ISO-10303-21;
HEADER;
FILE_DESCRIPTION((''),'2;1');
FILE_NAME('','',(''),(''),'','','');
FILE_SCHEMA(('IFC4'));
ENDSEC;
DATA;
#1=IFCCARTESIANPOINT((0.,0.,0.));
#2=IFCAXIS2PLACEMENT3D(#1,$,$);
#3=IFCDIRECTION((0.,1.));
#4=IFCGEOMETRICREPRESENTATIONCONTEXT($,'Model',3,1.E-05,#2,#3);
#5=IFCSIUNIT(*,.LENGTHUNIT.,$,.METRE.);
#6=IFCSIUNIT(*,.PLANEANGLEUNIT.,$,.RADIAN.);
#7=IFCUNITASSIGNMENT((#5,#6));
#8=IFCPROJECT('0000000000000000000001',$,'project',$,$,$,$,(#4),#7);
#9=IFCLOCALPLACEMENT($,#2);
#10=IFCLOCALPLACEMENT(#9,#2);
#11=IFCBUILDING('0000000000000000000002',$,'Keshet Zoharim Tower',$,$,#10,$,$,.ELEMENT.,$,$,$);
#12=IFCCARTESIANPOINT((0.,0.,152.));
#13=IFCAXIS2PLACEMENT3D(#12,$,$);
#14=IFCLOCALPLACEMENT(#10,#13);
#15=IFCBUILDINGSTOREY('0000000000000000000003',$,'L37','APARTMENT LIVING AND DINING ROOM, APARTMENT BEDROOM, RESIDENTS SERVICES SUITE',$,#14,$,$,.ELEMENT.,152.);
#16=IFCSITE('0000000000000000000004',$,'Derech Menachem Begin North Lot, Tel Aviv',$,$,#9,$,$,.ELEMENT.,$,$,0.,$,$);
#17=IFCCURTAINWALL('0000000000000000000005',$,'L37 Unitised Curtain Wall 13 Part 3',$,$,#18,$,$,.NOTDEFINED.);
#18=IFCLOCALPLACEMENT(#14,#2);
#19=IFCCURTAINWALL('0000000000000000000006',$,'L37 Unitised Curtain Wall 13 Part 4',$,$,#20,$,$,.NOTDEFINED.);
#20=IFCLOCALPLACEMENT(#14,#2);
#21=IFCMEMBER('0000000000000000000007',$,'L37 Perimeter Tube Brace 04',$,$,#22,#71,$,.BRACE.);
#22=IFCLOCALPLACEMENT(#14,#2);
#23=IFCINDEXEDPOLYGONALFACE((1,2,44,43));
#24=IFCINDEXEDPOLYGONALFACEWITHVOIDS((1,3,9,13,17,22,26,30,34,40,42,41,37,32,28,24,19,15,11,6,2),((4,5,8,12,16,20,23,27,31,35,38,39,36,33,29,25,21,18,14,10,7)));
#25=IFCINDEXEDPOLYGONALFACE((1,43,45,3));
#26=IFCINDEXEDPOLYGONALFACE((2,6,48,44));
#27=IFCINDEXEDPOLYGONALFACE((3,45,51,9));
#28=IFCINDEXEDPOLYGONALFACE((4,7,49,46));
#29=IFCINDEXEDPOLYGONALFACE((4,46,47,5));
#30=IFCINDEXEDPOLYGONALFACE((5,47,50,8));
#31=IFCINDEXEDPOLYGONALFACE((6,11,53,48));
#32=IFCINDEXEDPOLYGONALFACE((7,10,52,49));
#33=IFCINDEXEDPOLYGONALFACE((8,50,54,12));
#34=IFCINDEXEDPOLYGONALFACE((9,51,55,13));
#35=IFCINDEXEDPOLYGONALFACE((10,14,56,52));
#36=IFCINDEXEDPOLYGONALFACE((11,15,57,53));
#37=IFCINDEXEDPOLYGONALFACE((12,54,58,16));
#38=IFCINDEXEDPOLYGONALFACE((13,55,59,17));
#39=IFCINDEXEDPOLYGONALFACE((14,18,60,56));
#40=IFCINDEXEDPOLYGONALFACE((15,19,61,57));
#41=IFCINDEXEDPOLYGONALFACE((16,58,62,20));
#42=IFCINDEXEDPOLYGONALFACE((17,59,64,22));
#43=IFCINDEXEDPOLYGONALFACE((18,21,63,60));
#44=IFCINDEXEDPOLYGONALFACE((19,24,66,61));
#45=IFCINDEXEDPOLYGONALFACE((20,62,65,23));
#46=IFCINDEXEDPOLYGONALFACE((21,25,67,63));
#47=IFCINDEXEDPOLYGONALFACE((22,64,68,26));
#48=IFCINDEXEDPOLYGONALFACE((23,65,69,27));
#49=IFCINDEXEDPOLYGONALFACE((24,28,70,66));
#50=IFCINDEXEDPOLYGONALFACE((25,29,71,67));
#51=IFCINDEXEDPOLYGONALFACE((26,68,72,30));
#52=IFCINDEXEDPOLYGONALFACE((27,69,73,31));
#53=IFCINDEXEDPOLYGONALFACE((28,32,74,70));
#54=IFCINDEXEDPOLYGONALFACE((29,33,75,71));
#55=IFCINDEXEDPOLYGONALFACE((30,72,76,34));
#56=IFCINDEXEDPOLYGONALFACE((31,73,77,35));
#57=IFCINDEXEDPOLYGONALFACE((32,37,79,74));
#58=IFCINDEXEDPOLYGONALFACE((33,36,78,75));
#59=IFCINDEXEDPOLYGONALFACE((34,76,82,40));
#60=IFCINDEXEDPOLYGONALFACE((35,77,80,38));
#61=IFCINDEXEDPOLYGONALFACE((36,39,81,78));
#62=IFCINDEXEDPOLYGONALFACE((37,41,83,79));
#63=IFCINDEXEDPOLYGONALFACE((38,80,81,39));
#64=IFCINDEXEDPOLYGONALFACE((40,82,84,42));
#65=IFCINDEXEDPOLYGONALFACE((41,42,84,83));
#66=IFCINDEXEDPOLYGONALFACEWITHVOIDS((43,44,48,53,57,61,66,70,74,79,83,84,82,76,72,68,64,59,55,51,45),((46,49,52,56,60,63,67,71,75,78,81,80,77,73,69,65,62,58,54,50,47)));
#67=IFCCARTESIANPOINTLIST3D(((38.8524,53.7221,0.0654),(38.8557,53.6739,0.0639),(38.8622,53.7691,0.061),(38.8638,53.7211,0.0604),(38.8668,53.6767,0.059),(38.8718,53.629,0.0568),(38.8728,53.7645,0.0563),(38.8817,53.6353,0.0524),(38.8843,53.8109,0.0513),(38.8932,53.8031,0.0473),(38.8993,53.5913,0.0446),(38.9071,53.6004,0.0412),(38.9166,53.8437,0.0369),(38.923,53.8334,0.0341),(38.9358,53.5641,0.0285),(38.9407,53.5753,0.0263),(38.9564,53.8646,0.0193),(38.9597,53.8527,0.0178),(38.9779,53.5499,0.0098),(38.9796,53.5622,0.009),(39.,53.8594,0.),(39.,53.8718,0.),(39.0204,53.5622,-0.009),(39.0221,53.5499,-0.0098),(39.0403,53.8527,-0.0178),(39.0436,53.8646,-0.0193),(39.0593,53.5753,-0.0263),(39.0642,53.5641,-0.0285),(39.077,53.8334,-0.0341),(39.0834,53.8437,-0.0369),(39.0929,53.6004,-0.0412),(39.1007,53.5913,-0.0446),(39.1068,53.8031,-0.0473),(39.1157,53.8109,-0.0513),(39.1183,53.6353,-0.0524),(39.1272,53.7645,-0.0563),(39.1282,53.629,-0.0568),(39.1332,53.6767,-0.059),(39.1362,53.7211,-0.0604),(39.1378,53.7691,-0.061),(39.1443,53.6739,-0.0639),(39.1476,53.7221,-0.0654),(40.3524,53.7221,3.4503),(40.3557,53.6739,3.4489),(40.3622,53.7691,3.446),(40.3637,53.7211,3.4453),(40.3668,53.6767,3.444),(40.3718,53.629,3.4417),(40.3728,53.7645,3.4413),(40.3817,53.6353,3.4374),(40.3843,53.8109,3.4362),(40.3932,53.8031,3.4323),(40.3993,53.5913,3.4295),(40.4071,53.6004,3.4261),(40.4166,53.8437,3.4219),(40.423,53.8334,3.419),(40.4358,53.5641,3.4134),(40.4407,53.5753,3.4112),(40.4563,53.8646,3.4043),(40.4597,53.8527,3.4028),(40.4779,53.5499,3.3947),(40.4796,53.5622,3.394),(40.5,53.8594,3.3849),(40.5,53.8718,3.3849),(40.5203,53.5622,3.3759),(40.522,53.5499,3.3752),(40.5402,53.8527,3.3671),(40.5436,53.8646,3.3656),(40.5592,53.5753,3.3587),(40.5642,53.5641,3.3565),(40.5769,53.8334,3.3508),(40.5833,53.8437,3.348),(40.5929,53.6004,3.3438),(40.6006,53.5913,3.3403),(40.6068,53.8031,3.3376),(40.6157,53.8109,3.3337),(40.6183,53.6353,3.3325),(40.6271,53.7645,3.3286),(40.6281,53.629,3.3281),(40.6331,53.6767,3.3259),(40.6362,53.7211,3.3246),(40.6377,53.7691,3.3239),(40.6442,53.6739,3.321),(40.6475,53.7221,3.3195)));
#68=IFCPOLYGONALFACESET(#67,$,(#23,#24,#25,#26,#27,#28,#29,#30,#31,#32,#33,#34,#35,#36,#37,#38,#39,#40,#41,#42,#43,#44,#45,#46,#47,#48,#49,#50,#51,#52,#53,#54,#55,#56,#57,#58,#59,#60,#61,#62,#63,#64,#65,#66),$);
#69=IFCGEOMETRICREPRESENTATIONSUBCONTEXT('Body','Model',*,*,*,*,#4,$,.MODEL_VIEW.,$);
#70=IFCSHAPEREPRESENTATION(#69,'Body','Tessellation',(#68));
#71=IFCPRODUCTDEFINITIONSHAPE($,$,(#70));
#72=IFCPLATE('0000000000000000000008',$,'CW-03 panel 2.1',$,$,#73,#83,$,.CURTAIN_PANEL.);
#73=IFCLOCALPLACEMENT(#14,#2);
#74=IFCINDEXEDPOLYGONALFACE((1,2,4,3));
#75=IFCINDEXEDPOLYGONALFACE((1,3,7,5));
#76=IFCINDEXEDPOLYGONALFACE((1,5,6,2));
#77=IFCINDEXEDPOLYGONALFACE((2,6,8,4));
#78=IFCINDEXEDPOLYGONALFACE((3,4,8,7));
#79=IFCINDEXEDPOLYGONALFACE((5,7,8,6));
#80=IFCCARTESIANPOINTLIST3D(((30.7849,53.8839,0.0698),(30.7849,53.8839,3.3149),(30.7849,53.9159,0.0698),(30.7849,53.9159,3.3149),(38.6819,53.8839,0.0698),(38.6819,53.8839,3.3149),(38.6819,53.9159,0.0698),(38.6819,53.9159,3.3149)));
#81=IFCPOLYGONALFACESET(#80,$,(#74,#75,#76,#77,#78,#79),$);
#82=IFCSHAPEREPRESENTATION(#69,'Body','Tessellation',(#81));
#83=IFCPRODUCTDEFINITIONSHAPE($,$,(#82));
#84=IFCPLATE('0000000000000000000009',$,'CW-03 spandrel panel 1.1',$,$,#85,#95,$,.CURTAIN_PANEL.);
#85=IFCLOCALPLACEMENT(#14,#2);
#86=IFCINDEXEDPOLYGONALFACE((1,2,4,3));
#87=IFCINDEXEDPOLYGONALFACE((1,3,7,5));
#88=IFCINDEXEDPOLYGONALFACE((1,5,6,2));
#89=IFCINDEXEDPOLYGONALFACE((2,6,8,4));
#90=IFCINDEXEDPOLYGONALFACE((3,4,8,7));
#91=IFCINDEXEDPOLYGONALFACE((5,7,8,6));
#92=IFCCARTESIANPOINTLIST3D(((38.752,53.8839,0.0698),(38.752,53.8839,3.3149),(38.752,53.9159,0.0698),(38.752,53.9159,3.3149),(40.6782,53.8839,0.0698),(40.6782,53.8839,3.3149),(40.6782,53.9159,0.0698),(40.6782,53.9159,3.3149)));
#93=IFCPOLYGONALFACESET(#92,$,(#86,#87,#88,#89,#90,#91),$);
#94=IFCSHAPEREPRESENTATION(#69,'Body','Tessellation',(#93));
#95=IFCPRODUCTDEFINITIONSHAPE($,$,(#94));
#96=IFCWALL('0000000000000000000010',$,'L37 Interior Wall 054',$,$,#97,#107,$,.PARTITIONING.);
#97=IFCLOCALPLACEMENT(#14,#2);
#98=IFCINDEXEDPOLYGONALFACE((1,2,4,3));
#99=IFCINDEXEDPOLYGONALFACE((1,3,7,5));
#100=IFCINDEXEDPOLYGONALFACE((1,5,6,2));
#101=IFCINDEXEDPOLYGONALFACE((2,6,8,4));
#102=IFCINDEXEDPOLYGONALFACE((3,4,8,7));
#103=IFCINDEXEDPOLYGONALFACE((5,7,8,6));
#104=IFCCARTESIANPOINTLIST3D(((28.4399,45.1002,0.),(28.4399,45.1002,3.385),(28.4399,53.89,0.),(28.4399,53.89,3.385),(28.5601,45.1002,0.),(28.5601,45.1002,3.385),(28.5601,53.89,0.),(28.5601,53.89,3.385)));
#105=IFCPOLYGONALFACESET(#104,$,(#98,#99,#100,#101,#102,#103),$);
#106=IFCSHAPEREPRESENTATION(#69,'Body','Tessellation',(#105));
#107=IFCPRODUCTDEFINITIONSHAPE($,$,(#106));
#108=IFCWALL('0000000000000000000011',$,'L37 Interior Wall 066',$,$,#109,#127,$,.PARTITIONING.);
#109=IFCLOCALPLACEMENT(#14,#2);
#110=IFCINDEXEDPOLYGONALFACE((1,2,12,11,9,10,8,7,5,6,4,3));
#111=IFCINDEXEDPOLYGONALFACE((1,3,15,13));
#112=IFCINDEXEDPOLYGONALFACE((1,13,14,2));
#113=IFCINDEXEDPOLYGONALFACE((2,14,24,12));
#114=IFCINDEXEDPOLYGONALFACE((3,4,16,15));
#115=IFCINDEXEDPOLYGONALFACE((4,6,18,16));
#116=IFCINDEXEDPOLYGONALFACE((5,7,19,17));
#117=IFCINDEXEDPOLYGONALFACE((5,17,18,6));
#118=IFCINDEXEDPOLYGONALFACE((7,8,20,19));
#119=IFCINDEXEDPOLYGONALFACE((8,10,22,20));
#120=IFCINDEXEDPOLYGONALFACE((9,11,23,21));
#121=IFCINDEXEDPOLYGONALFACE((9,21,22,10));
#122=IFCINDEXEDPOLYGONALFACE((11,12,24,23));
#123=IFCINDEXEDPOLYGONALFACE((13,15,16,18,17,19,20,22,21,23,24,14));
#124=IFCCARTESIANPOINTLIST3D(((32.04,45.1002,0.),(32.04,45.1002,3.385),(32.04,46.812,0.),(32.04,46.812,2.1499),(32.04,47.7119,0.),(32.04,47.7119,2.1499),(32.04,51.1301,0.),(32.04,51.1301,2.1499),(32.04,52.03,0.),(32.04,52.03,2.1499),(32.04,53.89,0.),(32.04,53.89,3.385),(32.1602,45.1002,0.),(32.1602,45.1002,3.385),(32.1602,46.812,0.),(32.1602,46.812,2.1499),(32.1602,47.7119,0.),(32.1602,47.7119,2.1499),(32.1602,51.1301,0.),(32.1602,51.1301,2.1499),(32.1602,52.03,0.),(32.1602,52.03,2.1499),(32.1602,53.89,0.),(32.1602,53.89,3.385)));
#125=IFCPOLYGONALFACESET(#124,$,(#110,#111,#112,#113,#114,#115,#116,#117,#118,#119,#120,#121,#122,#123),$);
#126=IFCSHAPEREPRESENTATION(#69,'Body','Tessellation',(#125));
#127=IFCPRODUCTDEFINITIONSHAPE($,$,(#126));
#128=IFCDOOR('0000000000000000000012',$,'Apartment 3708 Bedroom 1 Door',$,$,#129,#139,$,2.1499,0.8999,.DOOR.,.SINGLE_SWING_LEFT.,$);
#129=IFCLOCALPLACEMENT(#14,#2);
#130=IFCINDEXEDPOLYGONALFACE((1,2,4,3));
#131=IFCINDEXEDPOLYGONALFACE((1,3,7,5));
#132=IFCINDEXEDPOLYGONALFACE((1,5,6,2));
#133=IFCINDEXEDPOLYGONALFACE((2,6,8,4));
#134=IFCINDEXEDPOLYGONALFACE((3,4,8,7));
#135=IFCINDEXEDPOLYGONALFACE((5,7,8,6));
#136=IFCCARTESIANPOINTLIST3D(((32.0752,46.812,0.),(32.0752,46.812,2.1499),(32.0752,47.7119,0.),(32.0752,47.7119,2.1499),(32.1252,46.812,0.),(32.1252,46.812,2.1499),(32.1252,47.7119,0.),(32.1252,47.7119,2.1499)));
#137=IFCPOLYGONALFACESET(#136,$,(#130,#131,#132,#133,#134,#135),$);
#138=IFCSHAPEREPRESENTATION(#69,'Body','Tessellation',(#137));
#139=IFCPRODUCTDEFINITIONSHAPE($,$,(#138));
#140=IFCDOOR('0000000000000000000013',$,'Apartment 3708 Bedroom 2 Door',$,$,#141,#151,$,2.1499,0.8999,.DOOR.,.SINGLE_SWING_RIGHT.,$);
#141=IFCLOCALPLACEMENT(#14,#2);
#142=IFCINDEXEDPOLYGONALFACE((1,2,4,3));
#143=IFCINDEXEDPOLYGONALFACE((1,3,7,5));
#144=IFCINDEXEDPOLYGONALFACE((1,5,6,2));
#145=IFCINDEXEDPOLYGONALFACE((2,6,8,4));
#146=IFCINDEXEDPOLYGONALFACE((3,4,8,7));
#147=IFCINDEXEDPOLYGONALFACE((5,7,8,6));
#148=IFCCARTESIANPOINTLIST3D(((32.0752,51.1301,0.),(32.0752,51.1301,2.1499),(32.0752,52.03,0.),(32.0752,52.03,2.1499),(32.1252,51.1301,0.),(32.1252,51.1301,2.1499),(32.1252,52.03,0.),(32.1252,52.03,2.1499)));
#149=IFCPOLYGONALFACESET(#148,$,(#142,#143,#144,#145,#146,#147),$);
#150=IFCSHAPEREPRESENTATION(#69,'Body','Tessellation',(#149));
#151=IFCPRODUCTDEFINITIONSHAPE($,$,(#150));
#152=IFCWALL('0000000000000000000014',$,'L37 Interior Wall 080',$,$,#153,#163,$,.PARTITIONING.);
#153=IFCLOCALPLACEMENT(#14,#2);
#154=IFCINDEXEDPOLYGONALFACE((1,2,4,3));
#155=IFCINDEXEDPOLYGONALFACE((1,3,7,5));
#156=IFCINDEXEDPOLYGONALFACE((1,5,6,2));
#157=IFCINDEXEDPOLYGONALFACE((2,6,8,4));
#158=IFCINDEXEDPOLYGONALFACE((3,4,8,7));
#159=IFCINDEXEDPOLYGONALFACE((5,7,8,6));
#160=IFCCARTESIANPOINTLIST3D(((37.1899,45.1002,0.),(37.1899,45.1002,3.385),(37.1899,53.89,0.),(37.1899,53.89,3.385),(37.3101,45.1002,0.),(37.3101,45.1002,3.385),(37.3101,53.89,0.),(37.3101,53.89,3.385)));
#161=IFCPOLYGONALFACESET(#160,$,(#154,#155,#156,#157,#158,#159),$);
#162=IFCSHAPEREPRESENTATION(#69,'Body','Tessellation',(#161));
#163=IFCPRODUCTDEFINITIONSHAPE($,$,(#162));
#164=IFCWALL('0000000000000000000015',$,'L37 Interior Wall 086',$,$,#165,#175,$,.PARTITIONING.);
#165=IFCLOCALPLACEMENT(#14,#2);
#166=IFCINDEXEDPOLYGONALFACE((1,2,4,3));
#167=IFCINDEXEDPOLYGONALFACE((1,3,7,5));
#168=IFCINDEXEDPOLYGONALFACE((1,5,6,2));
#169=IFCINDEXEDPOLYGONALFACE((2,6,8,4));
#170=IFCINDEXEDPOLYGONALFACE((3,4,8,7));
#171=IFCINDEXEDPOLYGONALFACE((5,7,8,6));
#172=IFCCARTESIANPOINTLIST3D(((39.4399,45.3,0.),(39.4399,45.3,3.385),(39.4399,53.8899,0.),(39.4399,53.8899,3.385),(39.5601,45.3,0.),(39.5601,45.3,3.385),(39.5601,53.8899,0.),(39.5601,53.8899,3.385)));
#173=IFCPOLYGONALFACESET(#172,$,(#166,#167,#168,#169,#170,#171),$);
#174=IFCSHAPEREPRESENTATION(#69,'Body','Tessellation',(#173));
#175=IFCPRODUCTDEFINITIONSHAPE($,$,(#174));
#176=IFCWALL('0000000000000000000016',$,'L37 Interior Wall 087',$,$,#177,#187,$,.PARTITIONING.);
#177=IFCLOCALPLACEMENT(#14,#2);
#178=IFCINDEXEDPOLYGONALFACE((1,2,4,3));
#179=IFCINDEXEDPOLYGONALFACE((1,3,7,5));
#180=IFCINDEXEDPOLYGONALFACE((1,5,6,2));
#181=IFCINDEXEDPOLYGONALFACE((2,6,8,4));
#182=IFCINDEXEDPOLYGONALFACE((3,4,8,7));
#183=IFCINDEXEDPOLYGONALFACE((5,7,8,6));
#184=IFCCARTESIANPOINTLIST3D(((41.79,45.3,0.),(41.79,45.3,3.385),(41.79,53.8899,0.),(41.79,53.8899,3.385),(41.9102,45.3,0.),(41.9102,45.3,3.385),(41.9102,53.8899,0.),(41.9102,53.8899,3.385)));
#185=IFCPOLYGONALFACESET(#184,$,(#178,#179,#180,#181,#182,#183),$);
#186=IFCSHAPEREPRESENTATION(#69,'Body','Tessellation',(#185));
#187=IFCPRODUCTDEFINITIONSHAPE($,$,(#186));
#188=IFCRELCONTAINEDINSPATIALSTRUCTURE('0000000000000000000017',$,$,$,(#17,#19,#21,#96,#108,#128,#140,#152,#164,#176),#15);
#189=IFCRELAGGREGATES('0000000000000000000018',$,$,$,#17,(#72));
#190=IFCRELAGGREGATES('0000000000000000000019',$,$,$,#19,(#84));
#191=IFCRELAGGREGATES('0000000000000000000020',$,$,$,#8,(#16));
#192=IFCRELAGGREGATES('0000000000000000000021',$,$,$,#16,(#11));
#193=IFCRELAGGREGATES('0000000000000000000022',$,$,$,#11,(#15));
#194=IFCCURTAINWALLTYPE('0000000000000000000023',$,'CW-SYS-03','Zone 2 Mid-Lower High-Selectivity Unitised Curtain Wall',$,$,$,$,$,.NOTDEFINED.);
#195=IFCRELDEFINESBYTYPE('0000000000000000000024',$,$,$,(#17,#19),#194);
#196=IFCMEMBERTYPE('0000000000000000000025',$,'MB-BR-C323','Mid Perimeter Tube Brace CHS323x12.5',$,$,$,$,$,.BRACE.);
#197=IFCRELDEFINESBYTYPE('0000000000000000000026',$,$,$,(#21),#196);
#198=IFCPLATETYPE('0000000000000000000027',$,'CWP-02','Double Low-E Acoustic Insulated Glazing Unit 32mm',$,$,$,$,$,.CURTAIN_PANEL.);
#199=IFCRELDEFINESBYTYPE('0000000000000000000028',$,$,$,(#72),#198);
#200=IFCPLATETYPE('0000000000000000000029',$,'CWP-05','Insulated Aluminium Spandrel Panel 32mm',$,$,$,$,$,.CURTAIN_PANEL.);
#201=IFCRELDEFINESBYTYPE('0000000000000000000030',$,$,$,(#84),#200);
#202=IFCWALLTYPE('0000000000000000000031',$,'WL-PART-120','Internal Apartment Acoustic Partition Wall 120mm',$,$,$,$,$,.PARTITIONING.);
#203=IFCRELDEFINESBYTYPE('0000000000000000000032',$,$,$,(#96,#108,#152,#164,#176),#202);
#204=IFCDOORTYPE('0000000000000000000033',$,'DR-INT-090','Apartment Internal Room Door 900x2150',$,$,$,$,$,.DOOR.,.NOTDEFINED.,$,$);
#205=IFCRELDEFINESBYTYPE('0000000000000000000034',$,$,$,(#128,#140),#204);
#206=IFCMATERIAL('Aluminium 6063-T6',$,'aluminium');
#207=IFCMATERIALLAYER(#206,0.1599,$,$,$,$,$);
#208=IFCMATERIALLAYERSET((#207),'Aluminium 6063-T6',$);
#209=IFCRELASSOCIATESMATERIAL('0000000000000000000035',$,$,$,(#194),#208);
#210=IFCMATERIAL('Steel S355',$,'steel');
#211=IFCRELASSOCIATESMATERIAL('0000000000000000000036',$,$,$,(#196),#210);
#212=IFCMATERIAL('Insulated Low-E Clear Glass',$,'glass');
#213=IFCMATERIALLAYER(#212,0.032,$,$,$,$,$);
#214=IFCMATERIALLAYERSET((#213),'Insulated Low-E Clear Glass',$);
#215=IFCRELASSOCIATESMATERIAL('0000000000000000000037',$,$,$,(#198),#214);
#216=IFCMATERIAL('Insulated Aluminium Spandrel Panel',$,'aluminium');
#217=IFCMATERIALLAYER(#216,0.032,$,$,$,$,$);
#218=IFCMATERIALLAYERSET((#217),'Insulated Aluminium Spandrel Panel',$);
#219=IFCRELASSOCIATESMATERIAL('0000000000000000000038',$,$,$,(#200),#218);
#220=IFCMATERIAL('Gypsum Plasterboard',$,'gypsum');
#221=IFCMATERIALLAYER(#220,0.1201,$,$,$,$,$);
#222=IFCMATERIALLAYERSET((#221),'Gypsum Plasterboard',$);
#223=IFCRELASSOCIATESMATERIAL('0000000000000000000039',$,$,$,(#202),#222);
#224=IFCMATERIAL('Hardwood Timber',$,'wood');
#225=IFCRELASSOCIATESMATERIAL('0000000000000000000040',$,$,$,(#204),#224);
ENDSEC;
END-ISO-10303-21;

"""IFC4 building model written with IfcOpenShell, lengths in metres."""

from ifc_helpers import new_model, si_unit, direction, frame, frame_2d, origin, origin_2d, place, context, subcontext, project, spatial, rectangle, hollow_circle, extrude, material, layer, layer_set, material_profile, profile_set, type_object, element, fill, aggregate, save


model = new_model("IFC4")

# Units and contexts
model_context = context("Model", 3, precision=1e-05, world=origin(), true_north=direction((0.0, 1.0)))
body_context = subcontext(model_context, "Body", "Model", "MODEL_VIEW")
ifc_project = project(units=[si_unit("LENGTHUNIT", "METRE"), si_unit("PLANEANGLEUNIT", "RADIAN")], contexts=[model_context])

# Site, building, storey
site_placement = place(None, origin())
site = spatial("IfcSite", under=ifc_project, at=site_placement, Name="Derech Menachem Begin North Lot, Tel Aviv", CompositionType="ELEMENT", RefElevation=0.0)
building_placement = place(site_placement, origin())
building = spatial("IfcBuilding", under=site, at=building_placement, Name="Keshet Zoharim Tower", CompositionType="ELEMENT")
storey_placement = place(building_placement, frame((0.0, 0.0, 152.0)))
storey = spatial("IfcBuildingStorey", under=building, at=storey_placement, Name="L37", Description="APARTMENT LIVING AND DINING ROOM, APARTMENT BEDROOM, RESIDENTS SERVICES SUITE", CompositionType="ELEMENT", Elevation=152.0)

# Shared definitions
ifc_material_1 = material(Name="Steel S355", Category="steel")

# Curtain wall
ifc_material_2 = material(Name="Aluminium 6063-T6", Category="aluminium")
ifc_layer_1 = layer(ifc_material_2, 0.1599)
ifc_layer_set_1 = layer_set([ifc_layer_1], Name="Aluminium 6063-T6")
curtain_wall_type = type_object("IfcCurtainWallType", Name="CW-SYS-03", Description="Zone 2 Mid-Lower High-Selectivity Unitised Curtain Wall", PredefinedType="NOTDEFINED", material=ifc_layer_set_1)
curtain_wall_1_placement = place(storey_placement, origin())
curtain_wall_1 = element("IfcCurtainWall", 1, at=curtain_wall_1_placement, inside=storey, type_object=curtain_wall_type, Name="L37 Unitised Curtain Wall 13 Part 3", PredefinedType="NOTDEFINED")

# Curtain wall
curtain_wall_2_placement = place(storey_placement, origin())
curtain_wall_2 = element("IfcCurtainWall", 2, at=curtain_wall_2_placement, inside=storey, type_object=curtain_wall_type, Name="L37 Unitised Curtain Wall 13 Part 4", PredefinedType="NOTDEFINED")

# Member
ifc_material_profile_1 = material_profile(ifc_material_1, hollow_circle(Radius=0.1619, WallThickness=0.0125, at=origin_2d()), Name="CHS323x12.5")
ifc_profile_set_1 = profile_set([ifc_material_profile_1], Name="Steel S355")
member_type_1 = type_object("IfcMemberType", Name="MB-BR-C323", Description="Mid Perimeter Tube Brace CHS323x12.5", PredefinedType="BRACE", material=ifc_profile_set_1)
member_1_placement = place(storey_placement, frame((39.0, 53.71, 0.0), z_axis=(0.405135, 0.0, 0.914257), x_axis=(0.0, 1.0, 0.0)))
element("IfcMember", 3, at=member_1_placement, inside=storey, type_object=member_type_1, Name="L37 Perimeter Tube Brace 04", PredefinedType="BRACE", context=body_context, shape_type="SweptSolid", body=[
    extrude(hollow_circle(Radius=0.1619, WallThickness=0.0125, at=origin_2d()), origin(), (0.0, 0.0, 1.0), 3.7024),
])

# Plates
ifc_material_3 = material(Name="Insulated Low-E Clear Glass", Category="glass")
ifc_layer_2 = layer(ifc_material_3, 0.032)
ifc_layer_set_2 = layer_set([ifc_layer_2], Name="Insulated Low-E Clear Glass")
plate_type_1 = type_object("IfcPlateType", Name="CWP-02", Description="Double Low-E Acoustic Insulated Glazing Unit 32mm", PredefinedType="CURTAIN_PANEL", material=ifc_layer_set_2)
plate_1_placement = place(storey_placement, frame((34.7334, 53.8999, 0.0698), z_axis=(0.0, 0.0, 1.0), x_axis=(1.0, 0.0, 0.0)))
plate_1 = element("IfcPlate", 4, at=plate_1_placement, type_object=plate_type_1, Name="CW-03 panel 2.1", PredefinedType="CURTAIN_PANEL", context=body_context, shape_type="SweptSolid", body=[
    extrude(rectangle(XDim=7.897, YDim=0.032, at=origin_2d()), origin(), (0.0, 0.0, 1.0), 3.2451),
])
aggregate(curtain_wall_1, [plate_1])
ifc_material_4 = material(Name="Insulated Aluminium Spandrel Panel", Category="aluminium")
ifc_layer_3 = layer(ifc_material_4, 0.032)
ifc_layer_set_3 = layer_set([ifc_layer_3], Name="Insulated Aluminium Spandrel Panel")
plate_type_2 = type_object("IfcPlateType", Name="CWP-05", Description="Insulated Aluminium Spandrel Panel 32mm", PredefinedType="CURTAIN_PANEL", material=ifc_layer_set_3)
plate_2_placement = place(storey_placement, frame((39.7151, 53.8999, 0.0698), z_axis=(0.0, 0.0, 1.0), x_axis=(1.0, 0.0, 0.0)))
plate_2 = element("IfcPlate", 5, at=plate_2_placement, type_object=plate_type_2, Name="CW-03 spandrel panel 1.1", PredefinedType="CURTAIN_PANEL", context=body_context, shape_type="SweptSolid", body=[
    extrude(rectangle(XDim=1.9263, YDim=0.032, at=origin_2d()), origin(), (0.0, 0.0, 1.0), 3.2451),
])
aggregate(curtain_wall_2, [plate_2])

# Wall
ifc_material_5 = material(Name="Gypsum Plasterboard", Category="gypsum")
ifc_layer_4 = layer(ifc_material_5, 0.1201)
ifc_layer_set_4 = layer_set([ifc_layer_4], Name="Gypsum Plasterboard")
wall_type_1 = type_object("IfcWallType", Name="WL-PART-120", Description="Internal Apartment Acoustic Partition Wall 120mm", PredefinedType="PARTITIONING", material=ifc_layer_set_4)
wall_1_placement = place(storey_placement, frame((28.5, 45.1001, 0.0), z_axis=(0.0, 0.0, 1.0), x_axis=(0.0, 1.0, 0.0)))
element("IfcWall", 6, at=wall_1_placement, inside=storey, type_object=wall_type_1, Name="L37 Interior Wall 054", PredefinedType="PARTITIONING", context=body_context, shape_type="SweptSolid", body=[
    extrude(rectangle(XDim=8.7898, YDim=0.1201, at=frame_2d((4.395, 0.0))), origin(), (0.0, 0.0, 1.0), 3.385),
])

# Wall, openings, doors
wall_2_placement = place(storey_placement, frame((32.1001, 45.1001, 0.0), z_axis=(0.0, 0.0, 1.0), x_axis=(0.0, 1.0, 0.0)))
wall_2 = element("IfcWall", 7, at=wall_2_placement, inside=storey, type_object=wall_type_1, Name="L37 Interior Wall 066", PredefinedType="PARTITIONING", context=body_context, shape_type="SweptSolid", body=[
    extrude(rectangle(XDim=8.7898, YDim=0.1201, at=frame_2d((4.395, 0.0))), origin(), (0.0, 0.0, 1.0), 3.385),
])
opening_1_placement = place(wall_2_placement, frame((1.7119, 0.0, 0.0)))
opening_1 = element("IfcOpeningElement", 8, at=opening_1_placement, cuts=wall_2, PredefinedType="OPENING", context=body_context, shape_type="SweptSolid", body=[
    extrude(rectangle(XDim=0.8999, YDim=2.1499, at=frame_2d((0.45, 1.075))), frame((0.0, 0.0701, 0.0), z_axis=(0.0, -1.0, 0.0), x_axis=(1.0, 0.0, 0.0)), (0.0, 0.0, 1.0), 0.1401),
])
opening_2_placement = place(wall_2_placement, frame((6.03, 0.0, 0.0)))
opening_2 = element("IfcOpeningElement", 9, at=opening_2_placement, cuts=wall_2, PredefinedType="OPENING", context=body_context, shape_type="SweptSolid", body=[
    extrude(rectangle(XDim=0.8999, YDim=2.1499, at=frame_2d((0.45, 1.075))), frame((0.0, 0.0701, 0.0), z_axis=(0.0, -1.0, 0.0), x_axis=(1.0, 0.0, 0.0)), (0.0, 0.0, 1.0), 0.1401),
])
ifc_material_6 = material(Name="Hardwood Timber", Category="wood")
door_type_1 = type_object("IfcDoorType", Name="DR-INT-090", Description="Apartment Internal Room Door 900x2150", OperationType="NOTDEFINED", PredefinedType="DOOR", material=ifc_material_6)
door_1_placement = place(opening_1_placement, origin())
door_1 = element("IfcDoor", 10, at=door_1_placement, inside=storey, type_object=door_type_1, Name="Apartment 3708 Bedroom 1 Door", OperationType="SINGLE_SWING_LEFT", OverallHeight=2.1499, OverallWidth=0.8999, PredefinedType="DOOR", context=body_context, shape_type="SweptSolid", body=[
    extrude(rectangle(XDim=0.8999, YDim=2.1499, at=frame_2d((0.45, 1.075))), frame((0.0, 0.0249, 0.0), z_axis=(0.0, -1.0, 0.0), x_axis=(1.0, 0.0, 0.0)), (0.0, 0.0, 1.0), 0.05),
])
fill(opening_1, door_1)
door_2_placement = place(opening_2_placement, origin())
door_2 = element("IfcDoor", 11, at=door_2_placement, inside=storey, type_object=door_type_1, Name="Apartment 3708 Bedroom 2 Door", OperationType="SINGLE_SWING_RIGHT", OverallHeight=2.1499, OverallWidth=0.8999, PredefinedType="DOOR", context=body_context, shape_type="SweptSolid", body=[
    extrude(rectangle(XDim=0.8999, YDim=2.1499, at=frame_2d((0.45, 1.075))), frame((0.0, 0.0249, 0.0), z_axis=(0.0, -1.0, 0.0), x_axis=(1.0, 0.0, 0.0)), (0.0, 0.0, 1.0), 0.05),
])
fill(opening_2, door_2)

# Walls
wall_3_placement = place(storey_placement, frame((37.25, 45.1001, 0.0), z_axis=(0.0, 0.0, 1.0), x_axis=(0.0, 1.0, 0.0)))
element("IfcWall", 12, at=wall_3_placement, inside=storey, type_object=wall_type_1, Name="L37 Interior Wall 080", PredefinedType="PARTITIONING", context=body_context, shape_type="SweptSolid", body=[
    extrude(rectangle(XDim=8.7898, YDim=0.1201, at=frame_2d((4.395, 0.0))), origin(), (0.0, 0.0, 1.0), 3.385),
])
for number, where, z_axis, x_axis, name in (
    (13, (39.5, 45.3, 0.0), (0.0, 0.0, 1.0), (0.0, 1.0, 0.0), "L37 Interior Wall 086"),
    (14, (41.8501, 45.3, 0.0), (0.0, 0.0, 1.0), (0.0, 1.0, 0.0), "L37 Interior Wall 087"),
):
    element("IfcWall", number, at=place(storey_placement, frame(where, z_axis=z_axis, x_axis=x_axis)), inside=storey, type_object=wall_type_1, Name=name, PredefinedType="PARTITIONING", context=body_context, shape_type="SweptSolid", body=[
        extrude(rectangle(XDim=8.5898, YDim=0.1201, at=frame_2d((4.2949, 0.0))), origin(), (0.0, 0.0, 1.0), 3.385),
    ])

save(model, "model.ifc")
